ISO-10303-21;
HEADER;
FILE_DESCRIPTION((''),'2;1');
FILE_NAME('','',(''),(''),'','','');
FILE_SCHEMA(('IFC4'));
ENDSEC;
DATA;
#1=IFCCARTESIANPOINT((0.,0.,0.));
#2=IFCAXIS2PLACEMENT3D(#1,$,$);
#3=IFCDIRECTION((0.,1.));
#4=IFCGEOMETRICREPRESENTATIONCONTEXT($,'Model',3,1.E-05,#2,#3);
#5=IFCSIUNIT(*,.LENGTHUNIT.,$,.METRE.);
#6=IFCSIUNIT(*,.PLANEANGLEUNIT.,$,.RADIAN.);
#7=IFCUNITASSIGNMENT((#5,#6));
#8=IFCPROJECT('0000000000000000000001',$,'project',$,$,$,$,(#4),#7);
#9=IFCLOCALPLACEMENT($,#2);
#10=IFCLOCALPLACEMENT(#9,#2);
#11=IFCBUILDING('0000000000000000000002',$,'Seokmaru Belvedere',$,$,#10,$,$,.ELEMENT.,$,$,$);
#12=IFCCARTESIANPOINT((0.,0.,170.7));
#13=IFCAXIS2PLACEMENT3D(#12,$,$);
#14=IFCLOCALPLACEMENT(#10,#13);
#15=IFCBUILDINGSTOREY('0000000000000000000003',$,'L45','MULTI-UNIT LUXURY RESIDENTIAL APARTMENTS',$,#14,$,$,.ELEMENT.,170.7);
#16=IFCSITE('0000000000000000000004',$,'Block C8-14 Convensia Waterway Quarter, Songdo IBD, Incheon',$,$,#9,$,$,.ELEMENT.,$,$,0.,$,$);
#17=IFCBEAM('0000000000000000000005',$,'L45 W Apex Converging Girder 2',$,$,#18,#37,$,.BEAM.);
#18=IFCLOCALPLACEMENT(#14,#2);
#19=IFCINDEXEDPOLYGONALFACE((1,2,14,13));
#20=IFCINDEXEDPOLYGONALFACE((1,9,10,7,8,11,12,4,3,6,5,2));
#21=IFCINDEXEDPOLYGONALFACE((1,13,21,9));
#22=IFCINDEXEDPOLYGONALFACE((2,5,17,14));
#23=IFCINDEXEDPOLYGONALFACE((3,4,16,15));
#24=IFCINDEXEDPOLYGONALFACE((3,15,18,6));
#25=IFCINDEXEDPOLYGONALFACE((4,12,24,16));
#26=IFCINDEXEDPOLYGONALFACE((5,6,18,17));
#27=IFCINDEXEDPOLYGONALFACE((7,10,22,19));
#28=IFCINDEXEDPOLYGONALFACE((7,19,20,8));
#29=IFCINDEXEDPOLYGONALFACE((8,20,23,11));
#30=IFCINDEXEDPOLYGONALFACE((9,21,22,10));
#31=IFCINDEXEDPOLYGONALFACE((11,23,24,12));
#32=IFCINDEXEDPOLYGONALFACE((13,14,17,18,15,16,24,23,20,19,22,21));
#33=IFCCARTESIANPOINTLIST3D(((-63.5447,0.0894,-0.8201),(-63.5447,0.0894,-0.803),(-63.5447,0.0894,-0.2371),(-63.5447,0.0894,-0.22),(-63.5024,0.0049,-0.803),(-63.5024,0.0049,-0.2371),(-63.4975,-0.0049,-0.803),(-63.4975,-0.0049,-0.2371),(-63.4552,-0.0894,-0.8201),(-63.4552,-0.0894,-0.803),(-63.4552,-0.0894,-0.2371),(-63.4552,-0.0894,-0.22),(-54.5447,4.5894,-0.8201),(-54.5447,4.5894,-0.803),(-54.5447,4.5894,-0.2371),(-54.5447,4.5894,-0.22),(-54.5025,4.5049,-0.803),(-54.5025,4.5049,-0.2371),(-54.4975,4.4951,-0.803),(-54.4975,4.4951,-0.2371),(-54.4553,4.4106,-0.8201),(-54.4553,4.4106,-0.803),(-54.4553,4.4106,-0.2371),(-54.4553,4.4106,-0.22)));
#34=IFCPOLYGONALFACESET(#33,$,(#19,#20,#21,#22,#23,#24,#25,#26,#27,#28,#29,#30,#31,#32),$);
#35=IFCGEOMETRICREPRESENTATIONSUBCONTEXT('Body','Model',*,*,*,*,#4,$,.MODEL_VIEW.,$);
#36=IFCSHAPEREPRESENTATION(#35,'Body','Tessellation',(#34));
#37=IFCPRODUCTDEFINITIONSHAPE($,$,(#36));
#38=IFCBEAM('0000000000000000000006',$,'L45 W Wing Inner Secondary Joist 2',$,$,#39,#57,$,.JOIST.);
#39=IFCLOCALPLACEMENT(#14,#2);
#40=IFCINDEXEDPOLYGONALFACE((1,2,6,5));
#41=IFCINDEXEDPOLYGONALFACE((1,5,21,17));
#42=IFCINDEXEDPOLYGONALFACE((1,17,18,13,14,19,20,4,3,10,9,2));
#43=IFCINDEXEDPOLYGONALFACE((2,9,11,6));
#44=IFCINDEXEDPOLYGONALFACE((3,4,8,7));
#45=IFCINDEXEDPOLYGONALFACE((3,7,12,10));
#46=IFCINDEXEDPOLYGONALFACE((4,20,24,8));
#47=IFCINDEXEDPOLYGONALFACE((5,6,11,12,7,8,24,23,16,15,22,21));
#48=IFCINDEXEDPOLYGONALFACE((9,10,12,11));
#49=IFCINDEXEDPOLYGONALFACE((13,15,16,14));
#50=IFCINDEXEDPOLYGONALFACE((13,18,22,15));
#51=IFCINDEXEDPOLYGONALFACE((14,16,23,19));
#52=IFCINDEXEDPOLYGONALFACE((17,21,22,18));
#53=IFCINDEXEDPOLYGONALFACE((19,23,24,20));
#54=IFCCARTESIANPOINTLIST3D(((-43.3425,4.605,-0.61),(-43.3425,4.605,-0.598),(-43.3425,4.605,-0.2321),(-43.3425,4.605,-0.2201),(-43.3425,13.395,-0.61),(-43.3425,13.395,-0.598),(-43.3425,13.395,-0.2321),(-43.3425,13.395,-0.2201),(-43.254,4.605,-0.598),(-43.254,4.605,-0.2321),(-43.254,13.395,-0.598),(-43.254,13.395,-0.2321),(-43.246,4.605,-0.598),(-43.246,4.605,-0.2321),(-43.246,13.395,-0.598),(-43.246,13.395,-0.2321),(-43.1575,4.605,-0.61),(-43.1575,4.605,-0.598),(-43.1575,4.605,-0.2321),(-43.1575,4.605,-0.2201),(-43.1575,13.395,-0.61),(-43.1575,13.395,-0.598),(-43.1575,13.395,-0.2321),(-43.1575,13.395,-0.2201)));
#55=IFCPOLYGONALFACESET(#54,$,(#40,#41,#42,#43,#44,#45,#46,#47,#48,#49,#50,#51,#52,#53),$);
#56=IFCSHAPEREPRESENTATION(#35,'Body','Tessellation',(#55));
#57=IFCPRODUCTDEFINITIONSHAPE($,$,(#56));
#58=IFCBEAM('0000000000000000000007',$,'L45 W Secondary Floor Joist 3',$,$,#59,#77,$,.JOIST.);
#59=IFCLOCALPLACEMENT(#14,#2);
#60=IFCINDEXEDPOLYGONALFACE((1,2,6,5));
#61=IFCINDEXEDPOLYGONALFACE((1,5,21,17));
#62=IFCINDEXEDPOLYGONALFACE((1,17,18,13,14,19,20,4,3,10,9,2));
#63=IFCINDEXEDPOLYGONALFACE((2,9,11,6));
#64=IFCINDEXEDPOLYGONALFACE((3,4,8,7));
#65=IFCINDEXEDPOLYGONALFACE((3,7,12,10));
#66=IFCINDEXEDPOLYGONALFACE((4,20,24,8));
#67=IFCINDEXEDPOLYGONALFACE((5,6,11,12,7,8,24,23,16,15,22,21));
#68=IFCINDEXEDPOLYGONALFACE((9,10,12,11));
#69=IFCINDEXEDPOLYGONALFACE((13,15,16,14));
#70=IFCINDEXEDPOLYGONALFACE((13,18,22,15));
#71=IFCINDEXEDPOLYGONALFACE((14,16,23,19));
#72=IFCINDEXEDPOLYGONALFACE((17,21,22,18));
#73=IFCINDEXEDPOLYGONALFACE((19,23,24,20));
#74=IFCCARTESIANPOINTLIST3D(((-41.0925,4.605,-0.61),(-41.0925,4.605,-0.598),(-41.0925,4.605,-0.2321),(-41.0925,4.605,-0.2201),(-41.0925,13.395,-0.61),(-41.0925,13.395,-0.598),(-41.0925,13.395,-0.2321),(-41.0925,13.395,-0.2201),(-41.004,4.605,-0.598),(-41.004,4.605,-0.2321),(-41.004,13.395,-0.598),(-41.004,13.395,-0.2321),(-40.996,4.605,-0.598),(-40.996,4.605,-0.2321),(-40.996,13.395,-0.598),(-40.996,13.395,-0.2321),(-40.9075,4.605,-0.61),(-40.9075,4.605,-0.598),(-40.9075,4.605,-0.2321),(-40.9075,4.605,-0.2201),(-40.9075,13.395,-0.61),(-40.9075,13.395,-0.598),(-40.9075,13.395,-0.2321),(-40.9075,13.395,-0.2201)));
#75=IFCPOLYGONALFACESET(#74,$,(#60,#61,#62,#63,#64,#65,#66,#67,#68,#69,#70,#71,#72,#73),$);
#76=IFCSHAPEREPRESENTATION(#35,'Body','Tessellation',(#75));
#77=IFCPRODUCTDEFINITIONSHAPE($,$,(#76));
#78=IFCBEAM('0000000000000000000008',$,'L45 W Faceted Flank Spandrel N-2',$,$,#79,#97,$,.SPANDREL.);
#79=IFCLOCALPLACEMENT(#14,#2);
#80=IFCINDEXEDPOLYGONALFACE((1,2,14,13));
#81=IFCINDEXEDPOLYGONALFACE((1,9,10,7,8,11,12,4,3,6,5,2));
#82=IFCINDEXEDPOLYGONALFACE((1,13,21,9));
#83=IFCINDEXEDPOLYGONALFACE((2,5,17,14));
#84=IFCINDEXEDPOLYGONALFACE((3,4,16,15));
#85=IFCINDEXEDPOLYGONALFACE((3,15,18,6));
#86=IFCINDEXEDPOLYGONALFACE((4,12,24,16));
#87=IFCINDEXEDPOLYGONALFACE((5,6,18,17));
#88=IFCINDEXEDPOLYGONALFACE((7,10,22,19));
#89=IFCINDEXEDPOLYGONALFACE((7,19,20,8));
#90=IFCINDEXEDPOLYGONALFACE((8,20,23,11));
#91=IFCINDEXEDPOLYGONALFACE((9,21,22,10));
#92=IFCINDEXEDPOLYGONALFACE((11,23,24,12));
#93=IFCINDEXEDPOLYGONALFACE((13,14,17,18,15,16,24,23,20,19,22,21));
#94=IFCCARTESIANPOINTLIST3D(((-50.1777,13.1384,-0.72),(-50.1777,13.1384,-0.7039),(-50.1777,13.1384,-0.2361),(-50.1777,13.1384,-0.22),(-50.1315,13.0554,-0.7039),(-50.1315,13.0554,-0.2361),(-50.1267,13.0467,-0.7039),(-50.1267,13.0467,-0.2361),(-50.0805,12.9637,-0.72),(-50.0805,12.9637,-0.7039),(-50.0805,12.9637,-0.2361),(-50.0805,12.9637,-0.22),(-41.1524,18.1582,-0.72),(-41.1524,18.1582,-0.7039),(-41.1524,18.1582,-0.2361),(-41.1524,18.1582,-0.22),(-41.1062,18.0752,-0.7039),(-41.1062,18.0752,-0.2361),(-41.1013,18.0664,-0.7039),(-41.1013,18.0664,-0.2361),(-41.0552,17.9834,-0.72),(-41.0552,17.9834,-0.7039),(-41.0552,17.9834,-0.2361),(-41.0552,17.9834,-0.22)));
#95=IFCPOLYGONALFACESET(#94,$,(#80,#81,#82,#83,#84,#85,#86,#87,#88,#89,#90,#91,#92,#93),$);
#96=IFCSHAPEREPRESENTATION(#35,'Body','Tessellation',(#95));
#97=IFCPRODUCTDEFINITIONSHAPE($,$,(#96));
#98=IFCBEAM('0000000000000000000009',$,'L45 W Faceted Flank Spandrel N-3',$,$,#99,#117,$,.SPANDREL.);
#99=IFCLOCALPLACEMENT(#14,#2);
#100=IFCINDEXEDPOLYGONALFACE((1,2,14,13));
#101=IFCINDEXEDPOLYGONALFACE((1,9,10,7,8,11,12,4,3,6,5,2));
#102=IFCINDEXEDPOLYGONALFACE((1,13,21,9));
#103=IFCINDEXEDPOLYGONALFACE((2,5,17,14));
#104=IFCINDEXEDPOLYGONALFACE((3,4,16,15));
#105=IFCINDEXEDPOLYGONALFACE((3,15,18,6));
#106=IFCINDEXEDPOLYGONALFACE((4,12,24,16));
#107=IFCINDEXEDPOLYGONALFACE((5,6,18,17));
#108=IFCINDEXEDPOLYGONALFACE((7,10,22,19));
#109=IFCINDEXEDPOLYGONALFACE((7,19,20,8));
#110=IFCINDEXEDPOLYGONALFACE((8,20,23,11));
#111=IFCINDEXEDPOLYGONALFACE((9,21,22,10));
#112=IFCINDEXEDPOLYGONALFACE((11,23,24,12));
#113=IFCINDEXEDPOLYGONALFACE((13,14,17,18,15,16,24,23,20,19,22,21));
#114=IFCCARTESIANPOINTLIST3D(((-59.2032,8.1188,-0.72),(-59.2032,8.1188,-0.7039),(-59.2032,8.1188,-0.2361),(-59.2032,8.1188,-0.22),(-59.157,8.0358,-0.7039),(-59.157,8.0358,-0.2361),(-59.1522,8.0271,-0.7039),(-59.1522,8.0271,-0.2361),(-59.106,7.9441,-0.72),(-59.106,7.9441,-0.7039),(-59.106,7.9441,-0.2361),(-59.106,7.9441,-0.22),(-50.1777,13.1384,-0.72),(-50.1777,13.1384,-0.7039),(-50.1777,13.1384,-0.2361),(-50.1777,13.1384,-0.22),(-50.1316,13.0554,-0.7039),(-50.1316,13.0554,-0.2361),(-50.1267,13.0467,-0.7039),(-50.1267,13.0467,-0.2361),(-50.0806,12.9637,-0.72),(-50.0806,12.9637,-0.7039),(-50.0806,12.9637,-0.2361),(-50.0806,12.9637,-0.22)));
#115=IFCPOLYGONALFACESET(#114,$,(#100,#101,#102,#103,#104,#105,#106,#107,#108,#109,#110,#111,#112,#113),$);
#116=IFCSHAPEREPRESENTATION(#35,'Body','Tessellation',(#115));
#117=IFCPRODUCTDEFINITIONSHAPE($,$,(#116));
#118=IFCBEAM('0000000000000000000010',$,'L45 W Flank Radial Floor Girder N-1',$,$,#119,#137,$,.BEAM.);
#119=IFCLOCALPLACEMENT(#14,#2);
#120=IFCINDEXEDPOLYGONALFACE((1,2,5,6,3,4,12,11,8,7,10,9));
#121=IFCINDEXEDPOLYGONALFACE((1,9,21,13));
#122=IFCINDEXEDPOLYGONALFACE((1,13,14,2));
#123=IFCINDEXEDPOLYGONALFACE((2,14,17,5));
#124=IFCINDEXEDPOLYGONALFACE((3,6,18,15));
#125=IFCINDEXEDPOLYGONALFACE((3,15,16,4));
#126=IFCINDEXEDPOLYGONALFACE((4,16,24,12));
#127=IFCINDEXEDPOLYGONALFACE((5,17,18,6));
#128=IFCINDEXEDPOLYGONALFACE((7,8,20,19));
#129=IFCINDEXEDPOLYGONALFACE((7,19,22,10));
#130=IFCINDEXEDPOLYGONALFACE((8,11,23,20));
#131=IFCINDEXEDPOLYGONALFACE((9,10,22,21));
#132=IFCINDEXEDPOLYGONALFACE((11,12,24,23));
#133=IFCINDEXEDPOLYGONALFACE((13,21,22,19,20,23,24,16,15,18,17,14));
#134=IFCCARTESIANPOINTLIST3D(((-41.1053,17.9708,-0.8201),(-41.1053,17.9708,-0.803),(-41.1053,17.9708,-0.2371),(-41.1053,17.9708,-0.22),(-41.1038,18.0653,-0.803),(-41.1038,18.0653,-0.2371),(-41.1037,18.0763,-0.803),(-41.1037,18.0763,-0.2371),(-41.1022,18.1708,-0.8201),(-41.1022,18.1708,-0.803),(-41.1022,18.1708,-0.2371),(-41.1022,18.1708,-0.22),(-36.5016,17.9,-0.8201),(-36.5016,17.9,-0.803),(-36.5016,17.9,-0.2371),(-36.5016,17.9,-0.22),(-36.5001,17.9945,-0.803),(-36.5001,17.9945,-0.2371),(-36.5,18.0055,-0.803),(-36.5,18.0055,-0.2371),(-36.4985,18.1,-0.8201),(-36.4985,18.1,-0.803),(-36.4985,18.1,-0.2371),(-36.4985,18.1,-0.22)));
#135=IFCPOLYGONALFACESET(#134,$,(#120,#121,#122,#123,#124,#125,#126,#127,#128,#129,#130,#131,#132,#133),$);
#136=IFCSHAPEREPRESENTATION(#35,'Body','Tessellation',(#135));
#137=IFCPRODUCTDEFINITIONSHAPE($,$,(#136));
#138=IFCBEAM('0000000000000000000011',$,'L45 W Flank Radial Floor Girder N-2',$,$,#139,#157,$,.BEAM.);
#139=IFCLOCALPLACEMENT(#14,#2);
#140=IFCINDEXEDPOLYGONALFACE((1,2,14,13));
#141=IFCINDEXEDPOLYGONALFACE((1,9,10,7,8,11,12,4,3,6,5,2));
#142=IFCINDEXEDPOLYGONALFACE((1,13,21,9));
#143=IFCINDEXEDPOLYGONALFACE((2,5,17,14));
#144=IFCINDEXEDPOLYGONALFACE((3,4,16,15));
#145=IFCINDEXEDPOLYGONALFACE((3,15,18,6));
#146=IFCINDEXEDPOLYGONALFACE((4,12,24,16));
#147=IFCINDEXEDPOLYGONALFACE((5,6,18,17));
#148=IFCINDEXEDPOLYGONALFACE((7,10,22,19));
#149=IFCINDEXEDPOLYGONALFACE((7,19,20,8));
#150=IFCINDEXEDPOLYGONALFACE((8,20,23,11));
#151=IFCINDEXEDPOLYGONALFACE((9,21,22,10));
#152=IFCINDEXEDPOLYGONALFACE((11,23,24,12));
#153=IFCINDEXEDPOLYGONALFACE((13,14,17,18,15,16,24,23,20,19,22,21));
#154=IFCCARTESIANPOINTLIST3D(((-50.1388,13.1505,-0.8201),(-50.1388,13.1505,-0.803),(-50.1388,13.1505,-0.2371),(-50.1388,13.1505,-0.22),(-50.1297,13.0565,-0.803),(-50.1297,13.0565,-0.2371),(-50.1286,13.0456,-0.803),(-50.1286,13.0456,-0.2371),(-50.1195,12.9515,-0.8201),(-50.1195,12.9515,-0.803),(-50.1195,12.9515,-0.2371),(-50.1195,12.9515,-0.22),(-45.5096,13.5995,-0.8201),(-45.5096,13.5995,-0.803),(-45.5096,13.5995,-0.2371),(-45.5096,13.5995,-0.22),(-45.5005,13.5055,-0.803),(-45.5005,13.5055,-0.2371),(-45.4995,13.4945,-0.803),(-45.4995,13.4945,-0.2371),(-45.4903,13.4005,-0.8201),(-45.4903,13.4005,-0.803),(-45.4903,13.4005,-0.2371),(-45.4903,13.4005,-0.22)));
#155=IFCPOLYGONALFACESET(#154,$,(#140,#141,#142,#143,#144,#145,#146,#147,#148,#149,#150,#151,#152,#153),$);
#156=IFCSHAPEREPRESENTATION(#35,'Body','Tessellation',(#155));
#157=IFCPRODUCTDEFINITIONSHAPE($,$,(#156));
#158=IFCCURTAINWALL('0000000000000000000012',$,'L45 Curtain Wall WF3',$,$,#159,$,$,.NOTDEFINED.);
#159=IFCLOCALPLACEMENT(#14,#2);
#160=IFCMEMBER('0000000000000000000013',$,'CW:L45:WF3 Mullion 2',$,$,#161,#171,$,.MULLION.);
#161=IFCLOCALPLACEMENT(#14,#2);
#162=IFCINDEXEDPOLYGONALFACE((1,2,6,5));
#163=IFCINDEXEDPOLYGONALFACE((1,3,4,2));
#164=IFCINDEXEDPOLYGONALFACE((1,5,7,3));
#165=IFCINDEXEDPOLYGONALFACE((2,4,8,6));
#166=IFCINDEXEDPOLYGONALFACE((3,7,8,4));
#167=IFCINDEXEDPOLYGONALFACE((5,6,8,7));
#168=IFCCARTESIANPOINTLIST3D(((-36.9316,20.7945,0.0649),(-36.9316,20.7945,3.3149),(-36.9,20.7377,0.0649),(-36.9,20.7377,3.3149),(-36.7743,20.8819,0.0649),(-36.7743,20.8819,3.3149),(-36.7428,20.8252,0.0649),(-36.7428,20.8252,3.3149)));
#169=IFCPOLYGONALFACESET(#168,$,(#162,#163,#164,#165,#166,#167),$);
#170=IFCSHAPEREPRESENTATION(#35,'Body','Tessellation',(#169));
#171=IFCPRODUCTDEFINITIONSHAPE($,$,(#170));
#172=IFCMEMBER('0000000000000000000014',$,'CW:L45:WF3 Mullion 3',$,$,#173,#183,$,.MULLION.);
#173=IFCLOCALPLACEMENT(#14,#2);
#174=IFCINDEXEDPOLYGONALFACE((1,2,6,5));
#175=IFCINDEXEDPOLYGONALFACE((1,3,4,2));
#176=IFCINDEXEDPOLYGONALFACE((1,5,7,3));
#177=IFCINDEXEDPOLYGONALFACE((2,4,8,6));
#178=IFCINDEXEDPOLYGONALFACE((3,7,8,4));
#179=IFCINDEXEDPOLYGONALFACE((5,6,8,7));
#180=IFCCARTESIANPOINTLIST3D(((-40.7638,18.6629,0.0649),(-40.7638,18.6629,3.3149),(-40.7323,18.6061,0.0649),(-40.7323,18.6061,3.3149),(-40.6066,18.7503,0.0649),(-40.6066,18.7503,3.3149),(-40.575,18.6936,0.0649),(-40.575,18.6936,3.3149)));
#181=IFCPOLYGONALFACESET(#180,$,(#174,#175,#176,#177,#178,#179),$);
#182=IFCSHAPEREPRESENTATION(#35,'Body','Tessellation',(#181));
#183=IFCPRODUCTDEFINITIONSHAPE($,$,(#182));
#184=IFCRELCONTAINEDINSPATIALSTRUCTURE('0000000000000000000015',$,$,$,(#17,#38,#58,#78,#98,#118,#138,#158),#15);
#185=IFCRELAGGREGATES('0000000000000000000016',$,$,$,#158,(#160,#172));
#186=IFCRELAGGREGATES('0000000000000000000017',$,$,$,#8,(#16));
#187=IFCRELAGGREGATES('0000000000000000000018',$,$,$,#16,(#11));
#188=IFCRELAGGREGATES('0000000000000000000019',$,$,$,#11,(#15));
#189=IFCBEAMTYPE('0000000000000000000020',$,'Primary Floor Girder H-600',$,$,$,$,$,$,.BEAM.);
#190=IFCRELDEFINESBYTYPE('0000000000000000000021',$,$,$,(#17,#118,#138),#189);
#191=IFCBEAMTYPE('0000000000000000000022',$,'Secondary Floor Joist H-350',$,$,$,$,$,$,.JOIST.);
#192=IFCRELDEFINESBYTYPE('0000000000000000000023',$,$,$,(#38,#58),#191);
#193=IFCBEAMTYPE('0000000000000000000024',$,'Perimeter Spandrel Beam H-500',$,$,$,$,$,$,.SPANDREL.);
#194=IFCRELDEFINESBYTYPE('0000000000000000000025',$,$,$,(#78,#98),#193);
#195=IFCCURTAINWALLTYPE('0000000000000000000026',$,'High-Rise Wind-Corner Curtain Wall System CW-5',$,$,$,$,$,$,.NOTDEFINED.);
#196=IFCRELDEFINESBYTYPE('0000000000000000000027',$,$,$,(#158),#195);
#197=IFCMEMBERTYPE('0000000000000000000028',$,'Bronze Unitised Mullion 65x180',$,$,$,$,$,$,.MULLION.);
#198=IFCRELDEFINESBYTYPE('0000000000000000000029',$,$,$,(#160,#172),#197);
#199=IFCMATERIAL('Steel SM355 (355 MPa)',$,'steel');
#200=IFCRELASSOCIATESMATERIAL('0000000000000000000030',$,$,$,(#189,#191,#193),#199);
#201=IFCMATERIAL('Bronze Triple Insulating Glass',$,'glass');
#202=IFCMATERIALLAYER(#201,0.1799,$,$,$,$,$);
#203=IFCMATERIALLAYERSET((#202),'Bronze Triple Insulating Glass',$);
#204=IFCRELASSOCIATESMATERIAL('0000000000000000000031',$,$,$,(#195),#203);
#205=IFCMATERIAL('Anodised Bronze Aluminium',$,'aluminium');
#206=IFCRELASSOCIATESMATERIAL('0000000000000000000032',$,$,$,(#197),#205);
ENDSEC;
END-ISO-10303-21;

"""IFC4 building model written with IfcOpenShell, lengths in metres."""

from ifc_helpers import new_model, si_unit, direction, frame, origin, origin_2d, place, context, subcontext, project, spatial, rectangle, i_section, extrude, source, transform, mapped, material, layer, layer_set, material_profile, profile_set, type_object, type_shapes, element, aggregate, save


model = new_model("IFC4")

# Units and contexts
model_context = context("Model", 3, precision=1e-05, world=origin(), true_north=direction((0.0, 1.0)))
body_context = subcontext(model_context, "Body", "Model", "MODEL_VIEW")
ifc_project = project(units=[si_unit("LENGTHUNIT", "METRE"), si_unit("PLANEANGLEUNIT", "RADIAN")], contexts=[model_context])

# Site, building, storey
site_placement = place(None, origin())
site = spatial("IfcSite", under=ifc_project, at=site_placement, Name="Block C8-14 Convensia Waterway Quarter, Songdo IBD, Incheon", CompositionType="ELEMENT", RefElevation=0.0)
building_placement = place(site_placement, origin())
building = spatial("IfcBuilding", under=site, at=building_placement, Name="Seokmaru Belvedere", CompositionType="ELEMENT")
storey_placement = place(building_placement, frame((0.0, 0.0, 170.7)))
storey = spatial("IfcBuildingStorey", under=building, at=storey_placement, Name="L45", Description="MULTI-UNIT LUXURY RESIDENTIAL APARTMENTS", CompositionType="ELEMENT", Elevation=170.7)

# Shared definitions
ifc_material_1 = material(Name="Steel SM355 (355 MPa)", Category="steel")

# Beams
ifc_material_profile_1 = material_profile(ifc_material_1, i_section(OverallWidth=0.2, OverallDepth=0.6001, WebThickness=0.011, FlangeThickness=0.0171, at=origin_2d()), Name="H-600x200x11x17")
ifc_profile_set_1 = profile_set([ifc_material_profile_1], Name="Steel SM355 (355 MPa)")
beam_type_1 = type_object("IfcBeamType", Name="Primary Floor Girder H-600", PredefinedType="BEAM", material=ifc_profile_set_1)
shared_shape_1 = source(origin(), body_context, "Body", "SweptSolid", [
    extrude(i_section(OverallWidth=0.2, OverallDepth=0.6001, WebThickness=0.011, FlangeThickness=0.0171, at=origin_2d()), origin(), (0.0, 0.0, 1.0), 10.0623),
])
beam_1_placement = place(storey_placement, frame((-54.5, 4.5, -0.52), z_axis=(-0.894427, -0.447214, 0.0), x_axis=(0.447214, -0.894427, 0.0)))
element("IfcBeam", 1, at=beam_1_placement, inside=storey, type_object=beam_type_1, Name="L45 W Apex Converging Girder 2", PredefinedType="BEAM", context=body_context, shape_type="MappedRepresentation", body=[
    mapped(shared_shape_1, transform((0.0, 0.0, 0.0), scale=1.0)),
])
ifc_material_profile_2 = material_profile(ifc_material_1, i_section(OverallWidth=0.1851, OverallDepth=0.3899, WebThickness=0.0081, FlangeThickness=0.012, at=origin_2d()), Name="H-390x185x8x12")
ifc_profile_set_2 = profile_set([ifc_material_profile_2], Name="Steel SM355 (355 MPa)")
beam_type_2 = type_object("IfcBeamType", Name="Secondary Floor Joist H-350", PredefinedType="JOIST", material=ifc_profile_set_2)
shared_shape_2 = source(origin(), body_context, "Body", "SweptSolid", [
    extrude(i_section(OverallWidth=0.1851, OverallDepth=0.3899, WebThickness=0.0081, FlangeThickness=0.012, at=origin_2d()), origin(), (0.0, 0.0, 1.0), 8.79),
])
type_shapes(beam_type_2, [shared_shape_2])
for number, where, z_axis, x_axis, name in (
    (2, (-43.25, 4.605, -0.415), (0.0, 1.0, 0.0), (-1.0, 0.0, 0.0), "L45 W Wing Inner Secondary Joist 2"),
    (3, (-41.0, 4.605, -0.415), (0.0, 1.0, 0.0), (-1.0, 0.0, 0.0), "L45 W Secondary Floor Joist 3"),
):
    element("IfcBeam", number, at=place(storey_placement, frame(where, z_axis=z_axis, x_axis=x_axis)), inside=storey, type_object=beam_type_2, Name=name, PredefinedType="JOIST", context=body_context, shape_type="MappedRepresentation", body=[
        mapped(shared_shape_2, transform((0.0, 0.0, 0.0), scale=1.0)),
    ])
ifc_material_profile_3 = material_profile(ifc_material_1, i_section(OverallWidth=0.2, OverallDepth=0.5, WebThickness=0.01, FlangeThickness=0.0161, at=origin_2d()), Name="H-500x200x10x16")
ifc_profile_set_3 = profile_set([ifc_material_profile_3], Name="Steel SM355 (355 MPa)")
beam_type_3 = type_object("IfcBeamType", Name="Perimeter Spandrel Beam H-500", PredefinedType="SPANDREL", material=ifc_profile_set_3)
shared_shape_3 = source(origin(), body_context, "Body", "SweptSolid", [
    extrude(i_section(OverallWidth=0.2, OverallDepth=0.5, WebThickness=0.01, FlangeThickness=0.0161, at=origin_2d()), origin(), (0.0, 0.0, 1.0), 10.3274),
])
type_shapes(beam_type_3, [shared_shape_3])
for number, where, z_axis, x_axis, name in (
    (4, (-41.1038, 18.0708, -0.47), (-0.873924, -0.486062, 0.0), (0.486062, -0.873924, 0.0), "L45 W Faceted Flank Spandrel N-2"),
    (5, (-50.1292, 13.051, -0.47), (-0.873934, -0.486044, 0.0), (0.486044, -0.873934, 0.0), "L45 W Faceted Flank Spandrel N-3"),
):
    element("IfcBeam", number, at=place(storey_placement, frame(where, z_axis=z_axis, x_axis=x_axis)), inside=storey, type_object=beam_type_3, Name=name, PredefinedType="SPANDREL", context=body_context, shape_type="MappedRepresentation", body=[
        mapped(shared_shape_3, transform((0.0, 0.0, 0.0), scale=1.0)),
    ])
shared_shape_4 = source(origin(), body_context, "Body", "SweptSolid", [
    extrude(i_section(OverallWidth=0.2, OverallDepth=0.6001, WebThickness=0.011, FlangeThickness=0.0171, at=origin_2d()), origin(), (0.0, 0.0, 1.0), 4.6042),
])
beam_2_placement = place(storey_placement, frame((-41.1038, 18.0708, -0.52), z_axis=(0.999882, -0.015377, 0.0), x_axis=(0.015377, 0.999882, 0.0)))
element("IfcBeam", 6, at=beam_2_placement, inside=storey, type_object=beam_type_1, Name="L45 W Flank Radial Floor Girder N-1", PredefinedType="BEAM", context=body_context, shape_type="MappedRepresentation", body=[
    mapped(shared_shape_4, transform((0.0, 0.0, 0.0), scale=1.0)),
])
shared_shape_5 = source(origin(), body_context, "Body", "SweptSolid", [
    extrude(i_section(OverallWidth=0.2, OverallDepth=0.6001, WebThickness=0.011, FlangeThickness=0.0171, at=origin_2d()), origin(), (0.0, 0.0, 1.0), 4.6509),
])
beam_3_placement = place(storey_placement, frame((-50.1292, 13.051, -0.52), z_axis=(0.99533, 0.096536, 0.0), x_axis=(-0.096536, 0.99533, 0.0)))
element("IfcBeam", 7, at=beam_3_placement, inside=storey, type_object=beam_type_1, Name="L45 W Flank Radial Floor Girder N-2", PredefinedType="BEAM", context=body_context, shape_type="MappedRepresentation", body=[
    mapped(shared_shape_5, transform((0.0, 0.0, 0.0), scale=1.0)),
])

# Curtain wall, members
ifc_material_2 = material(Name="Bronze Triple Insulating Glass", Category="glass")
ifc_layer_1 = layer(ifc_material_2, 0.1799)
ifc_layer_set_1 = layer_set([ifc_layer_1], Name="Bronze Triple Insulating Glass")
curtain_wall_type = type_object("IfcCurtainWallType", Name="High-Rise Wind-Corner Curtain Wall System CW-5", PredefinedType="NOTDEFINED", material=ifc_layer_set_1)
curtain_wall_placement = place(storey_placement, origin())
curtain_wall = element("IfcCurtainWall", 8, at=curtain_wall_placement, inside=storey, type_object=curtain_wall_type, Name="L45 Curtain Wall WF3", PredefinedType="NOTDEFINED")
ifc_material_3 = material(Name="Anodised Bronze Aluminium", Category="aluminium")
ifc_material_profile_4 = material_profile(ifc_material_3, rectangle(XDim=0.0649, YDim=0.1799, at=origin_2d()), Name="CW-M-65x180")
ifc_profile_set_4 = profile_set([ifc_material_profile_4], Name="Anodised Bronze Aluminium")
member_type = type_object("IfcMemberType", Name="Bronze Unitised Mullion 65x180", PredefinedType="MULLION", material=ifc_profile_set_4)
shared_shape_6 = source(origin(), body_context, "Body", "SweptSolid", [
    extrude(rectangle(XDim=0.0649, YDim=0.1799, at=origin_2d()), origin(), (0.0, 0.0, 1.0), 3.25),
])
type_shapes(member_type, [shared_shape_6])
member_1_placement = place(storey_placement, frame((-36.8372, 20.8098, 0.0649), z_axis=(0.0, 0.0, 1.0), x_axis=(0.486047, -0.873933, 0.0)))
member_1 = element("IfcMember", 9, at=member_1_placement, type_object=member_type, Name="CW:L45:WF3 Mullion 2", PredefinedType="MULLION", context=body_context, shape_type="MappedRepresentation", body=[
    mapped(shared_shape_6, transform((0.0, 0.0, 0.0), scale=1.0)),
])
member_2_placement = place(storey_placement, frame((-40.6694, 18.6782, 0.0649), z_axis=(0.0, 0.0, 1.0), x_axis=(0.486047, -0.873933, 0.0)))
member_2 = element("IfcMember", 10, at=member_2_placement, type_object=member_type, Name="CW:L45:WF3 Mullion 3", PredefinedType="MULLION", context=body_context, shape_type="MappedRepresentation", body=[
    mapped(shared_shape_6, transform((0.0, 0.0, 0.0), scale=1.0)),
])
aggregate(curtain_wall, [member_1, member_2])

save(model, "model.ifc")
